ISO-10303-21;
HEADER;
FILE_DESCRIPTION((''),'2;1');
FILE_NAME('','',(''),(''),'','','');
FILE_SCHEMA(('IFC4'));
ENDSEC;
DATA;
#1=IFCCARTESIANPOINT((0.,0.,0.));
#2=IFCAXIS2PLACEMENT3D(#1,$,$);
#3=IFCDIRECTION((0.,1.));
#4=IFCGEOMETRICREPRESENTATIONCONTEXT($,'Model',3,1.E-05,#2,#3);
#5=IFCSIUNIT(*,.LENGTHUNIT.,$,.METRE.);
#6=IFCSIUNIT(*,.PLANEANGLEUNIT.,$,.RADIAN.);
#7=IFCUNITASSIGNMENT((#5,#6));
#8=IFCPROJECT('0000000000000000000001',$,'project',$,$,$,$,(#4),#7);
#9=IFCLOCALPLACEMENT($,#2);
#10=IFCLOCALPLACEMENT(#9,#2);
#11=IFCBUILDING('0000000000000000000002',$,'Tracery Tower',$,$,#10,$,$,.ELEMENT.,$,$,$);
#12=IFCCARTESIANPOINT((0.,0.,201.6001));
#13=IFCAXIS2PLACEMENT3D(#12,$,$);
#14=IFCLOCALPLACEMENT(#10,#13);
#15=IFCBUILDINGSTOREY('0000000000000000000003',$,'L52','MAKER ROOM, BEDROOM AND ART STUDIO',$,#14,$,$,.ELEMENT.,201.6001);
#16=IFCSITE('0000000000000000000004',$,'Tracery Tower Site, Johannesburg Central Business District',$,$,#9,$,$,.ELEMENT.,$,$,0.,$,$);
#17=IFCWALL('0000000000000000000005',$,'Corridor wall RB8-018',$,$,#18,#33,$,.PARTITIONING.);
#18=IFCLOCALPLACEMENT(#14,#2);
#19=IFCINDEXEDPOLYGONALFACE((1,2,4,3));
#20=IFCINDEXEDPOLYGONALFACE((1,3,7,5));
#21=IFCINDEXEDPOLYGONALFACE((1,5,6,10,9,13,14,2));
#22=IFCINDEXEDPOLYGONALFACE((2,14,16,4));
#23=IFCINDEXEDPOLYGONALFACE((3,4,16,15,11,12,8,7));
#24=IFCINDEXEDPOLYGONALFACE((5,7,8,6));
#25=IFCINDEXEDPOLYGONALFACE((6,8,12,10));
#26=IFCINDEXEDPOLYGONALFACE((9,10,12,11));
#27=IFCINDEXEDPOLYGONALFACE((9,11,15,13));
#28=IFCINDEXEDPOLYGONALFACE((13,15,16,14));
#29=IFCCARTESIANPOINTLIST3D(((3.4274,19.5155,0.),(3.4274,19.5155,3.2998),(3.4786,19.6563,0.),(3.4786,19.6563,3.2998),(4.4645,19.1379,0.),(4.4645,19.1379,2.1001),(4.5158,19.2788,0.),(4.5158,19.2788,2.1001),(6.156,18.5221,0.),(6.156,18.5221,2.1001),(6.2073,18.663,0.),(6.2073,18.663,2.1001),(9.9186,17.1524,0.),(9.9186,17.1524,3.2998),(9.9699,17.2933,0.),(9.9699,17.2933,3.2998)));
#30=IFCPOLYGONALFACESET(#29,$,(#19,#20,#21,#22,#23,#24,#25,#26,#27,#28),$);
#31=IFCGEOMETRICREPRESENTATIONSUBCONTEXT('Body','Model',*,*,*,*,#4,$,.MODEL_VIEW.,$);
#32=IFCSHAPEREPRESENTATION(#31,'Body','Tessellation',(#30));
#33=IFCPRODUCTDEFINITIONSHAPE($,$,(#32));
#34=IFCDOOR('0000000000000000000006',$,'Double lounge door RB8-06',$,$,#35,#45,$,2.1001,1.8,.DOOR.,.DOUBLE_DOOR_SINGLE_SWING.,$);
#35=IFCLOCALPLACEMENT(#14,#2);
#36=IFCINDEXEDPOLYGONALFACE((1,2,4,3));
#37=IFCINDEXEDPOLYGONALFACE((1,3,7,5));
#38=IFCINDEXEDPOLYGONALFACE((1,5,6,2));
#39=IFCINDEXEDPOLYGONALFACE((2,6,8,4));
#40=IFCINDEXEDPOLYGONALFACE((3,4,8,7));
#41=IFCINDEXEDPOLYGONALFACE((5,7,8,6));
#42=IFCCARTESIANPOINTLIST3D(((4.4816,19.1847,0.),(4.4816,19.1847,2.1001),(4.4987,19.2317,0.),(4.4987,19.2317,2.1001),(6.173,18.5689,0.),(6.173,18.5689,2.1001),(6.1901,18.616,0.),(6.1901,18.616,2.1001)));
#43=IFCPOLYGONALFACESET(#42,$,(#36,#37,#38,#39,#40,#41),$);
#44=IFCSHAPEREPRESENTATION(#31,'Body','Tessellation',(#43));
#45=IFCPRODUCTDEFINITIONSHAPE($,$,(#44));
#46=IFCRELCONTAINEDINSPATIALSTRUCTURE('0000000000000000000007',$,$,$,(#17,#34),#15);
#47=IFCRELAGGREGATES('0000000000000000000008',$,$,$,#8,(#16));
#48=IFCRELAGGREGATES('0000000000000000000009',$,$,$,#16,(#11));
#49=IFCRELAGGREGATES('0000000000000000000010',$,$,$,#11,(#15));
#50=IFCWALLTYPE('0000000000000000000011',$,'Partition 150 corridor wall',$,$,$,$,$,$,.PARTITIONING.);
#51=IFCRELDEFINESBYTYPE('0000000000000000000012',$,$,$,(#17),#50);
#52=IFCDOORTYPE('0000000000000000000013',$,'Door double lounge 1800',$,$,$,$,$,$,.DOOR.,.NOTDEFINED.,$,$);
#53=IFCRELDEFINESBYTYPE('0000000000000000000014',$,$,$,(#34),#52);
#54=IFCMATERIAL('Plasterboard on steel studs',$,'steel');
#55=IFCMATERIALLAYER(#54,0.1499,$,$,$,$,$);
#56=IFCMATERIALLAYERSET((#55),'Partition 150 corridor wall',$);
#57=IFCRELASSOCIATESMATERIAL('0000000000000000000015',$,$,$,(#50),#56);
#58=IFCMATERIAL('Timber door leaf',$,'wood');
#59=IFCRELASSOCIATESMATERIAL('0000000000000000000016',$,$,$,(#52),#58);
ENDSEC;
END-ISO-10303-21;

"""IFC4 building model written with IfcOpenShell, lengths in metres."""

from ifc_helpers import new_model, si_unit, direction, frame, frame_2d, origin, place, context, subcontext, project, spatial, rectangle, extrude, material, layer, layer_set, type_object, element, fill, save


model = new_model("IFC4")

# Units and contexts
model_context = context("Model", 3, precision=1e-05, world=origin(), true_north=direction((0.0, 1.0)))
body_context = subcontext(model_context, "Body", "Model", "MODEL_VIEW")
ifc_project = project(units=[si_unit("LENGTHUNIT", "METRE"), si_unit("PLANEANGLEUNIT", "RADIAN")], contexts=[model_context])

# Site, building, storey
site_placement = place(None, origin())
site = spatial("IfcSite", under=ifc_project, at=site_placement, Name="Tracery Tower Site, Johannesburg Central Business District", CompositionType="ELEMENT", RefElevation=0.0)
building_placement = place(site_placement, origin())
building = spatial("IfcBuilding", under=site, at=building_placement, Name="Tracery Tower", CompositionType="ELEMENT")
storey_placement = place(building_placement, frame((0.0, 0.0, 201.6001)))
storey = spatial("IfcBuildingStorey", under=building, at=storey_placement, Name="L52", Description="MAKER ROOM, BEDROOM AND ART STUDIO", CompositionType="ELEMENT", Elevation=201.6001)

# Shared definitions
ifc_material_1 = material(Name="Plasterboard on steel studs", Category="steel")
ifc_layer_1 = layer(ifc_material_1, 0.1499)
ifc_layer_set_1 = layer_set([ifc_layer_1], Name="Partition 150 corridor wall")
wall_type_1 = type_object("IfcWallType", Name="Partition 150 corridor wall", PredefinedType="PARTITIONING", material=ifc_layer_set_1)

# Wall, opening, door
wall_1_placement = place(storey_placement, frame((3.4529, 19.5859, 0.0), z_axis=(0.0, 0.0, 1.0), x_axis=(0.939673, -0.342075, 0.0)))
wall_1 = element("IfcWall", 1, at=wall_1_placement, inside=storey, type_object=wall_type_1, Name="Corridor wall RB8-018", PredefinedType="PARTITIONING", context=body_context, shape_type="SweptSolid", body=[
    extrude(rectangle(XDim=6.908, YDim=0.1499, at=frame_2d((3.4541, 0.0))), origin(), (0.0, 0.0, 1.0), 3.2998),
])
opening_1_placement = place(wall_1_placement, frame((1.104, 0.0, 0.0)))
opening_1 = element("IfcOpeningElement", 2, at=opening_1_placement, cuts=wall_1, PredefinedType="OPENING", context=body_context, shape_type="SweptSolid", body=[
    extrude(rectangle(XDim=1.8, YDim=2.1001, at=frame_2d((0.8999, 1.05))), frame((0.0, 0.075, 0.0), z_axis=(0.0, -1.0, 0.0), x_axis=(1.0, 0.0, 0.0)), (0.0, 0.0, 1.0), 0.1499),
])
ifc_material_2 = material(Name="Timber door leaf", Category="wood")
door_type = type_object("IfcDoorType", Name="Door double lounge 1800", OperationType="NOTDEFINED", PredefinedType="DOOR", material=ifc_material_2)
door_placement = place(opening_1_placement, origin())
door = element("IfcDoor", 3, at=door_placement, inside=storey, type_object=door_type, Name="Double lounge door RB8-06", OperationType="DOUBLE_DOOR_SINGLE_SWING", OverallHeight=2.1001, OverallWidth=1.8, PredefinedType="DOOR", context=body_context, shape_type="SweptSolid", body=[
    extrude(rectangle(XDim=1.8, YDim=2.1001, at=frame_2d((0.8999, 1.05))), frame((0.0, 0.0249, 0.0), z_axis=(0.0, -1.0, 0.0), x_axis=(1.0, 0.0, 0.0)), (0.0, 0.0, 1.0), 0.05),
])
fill(opening_1, door)

save(model, "model.ifc")
